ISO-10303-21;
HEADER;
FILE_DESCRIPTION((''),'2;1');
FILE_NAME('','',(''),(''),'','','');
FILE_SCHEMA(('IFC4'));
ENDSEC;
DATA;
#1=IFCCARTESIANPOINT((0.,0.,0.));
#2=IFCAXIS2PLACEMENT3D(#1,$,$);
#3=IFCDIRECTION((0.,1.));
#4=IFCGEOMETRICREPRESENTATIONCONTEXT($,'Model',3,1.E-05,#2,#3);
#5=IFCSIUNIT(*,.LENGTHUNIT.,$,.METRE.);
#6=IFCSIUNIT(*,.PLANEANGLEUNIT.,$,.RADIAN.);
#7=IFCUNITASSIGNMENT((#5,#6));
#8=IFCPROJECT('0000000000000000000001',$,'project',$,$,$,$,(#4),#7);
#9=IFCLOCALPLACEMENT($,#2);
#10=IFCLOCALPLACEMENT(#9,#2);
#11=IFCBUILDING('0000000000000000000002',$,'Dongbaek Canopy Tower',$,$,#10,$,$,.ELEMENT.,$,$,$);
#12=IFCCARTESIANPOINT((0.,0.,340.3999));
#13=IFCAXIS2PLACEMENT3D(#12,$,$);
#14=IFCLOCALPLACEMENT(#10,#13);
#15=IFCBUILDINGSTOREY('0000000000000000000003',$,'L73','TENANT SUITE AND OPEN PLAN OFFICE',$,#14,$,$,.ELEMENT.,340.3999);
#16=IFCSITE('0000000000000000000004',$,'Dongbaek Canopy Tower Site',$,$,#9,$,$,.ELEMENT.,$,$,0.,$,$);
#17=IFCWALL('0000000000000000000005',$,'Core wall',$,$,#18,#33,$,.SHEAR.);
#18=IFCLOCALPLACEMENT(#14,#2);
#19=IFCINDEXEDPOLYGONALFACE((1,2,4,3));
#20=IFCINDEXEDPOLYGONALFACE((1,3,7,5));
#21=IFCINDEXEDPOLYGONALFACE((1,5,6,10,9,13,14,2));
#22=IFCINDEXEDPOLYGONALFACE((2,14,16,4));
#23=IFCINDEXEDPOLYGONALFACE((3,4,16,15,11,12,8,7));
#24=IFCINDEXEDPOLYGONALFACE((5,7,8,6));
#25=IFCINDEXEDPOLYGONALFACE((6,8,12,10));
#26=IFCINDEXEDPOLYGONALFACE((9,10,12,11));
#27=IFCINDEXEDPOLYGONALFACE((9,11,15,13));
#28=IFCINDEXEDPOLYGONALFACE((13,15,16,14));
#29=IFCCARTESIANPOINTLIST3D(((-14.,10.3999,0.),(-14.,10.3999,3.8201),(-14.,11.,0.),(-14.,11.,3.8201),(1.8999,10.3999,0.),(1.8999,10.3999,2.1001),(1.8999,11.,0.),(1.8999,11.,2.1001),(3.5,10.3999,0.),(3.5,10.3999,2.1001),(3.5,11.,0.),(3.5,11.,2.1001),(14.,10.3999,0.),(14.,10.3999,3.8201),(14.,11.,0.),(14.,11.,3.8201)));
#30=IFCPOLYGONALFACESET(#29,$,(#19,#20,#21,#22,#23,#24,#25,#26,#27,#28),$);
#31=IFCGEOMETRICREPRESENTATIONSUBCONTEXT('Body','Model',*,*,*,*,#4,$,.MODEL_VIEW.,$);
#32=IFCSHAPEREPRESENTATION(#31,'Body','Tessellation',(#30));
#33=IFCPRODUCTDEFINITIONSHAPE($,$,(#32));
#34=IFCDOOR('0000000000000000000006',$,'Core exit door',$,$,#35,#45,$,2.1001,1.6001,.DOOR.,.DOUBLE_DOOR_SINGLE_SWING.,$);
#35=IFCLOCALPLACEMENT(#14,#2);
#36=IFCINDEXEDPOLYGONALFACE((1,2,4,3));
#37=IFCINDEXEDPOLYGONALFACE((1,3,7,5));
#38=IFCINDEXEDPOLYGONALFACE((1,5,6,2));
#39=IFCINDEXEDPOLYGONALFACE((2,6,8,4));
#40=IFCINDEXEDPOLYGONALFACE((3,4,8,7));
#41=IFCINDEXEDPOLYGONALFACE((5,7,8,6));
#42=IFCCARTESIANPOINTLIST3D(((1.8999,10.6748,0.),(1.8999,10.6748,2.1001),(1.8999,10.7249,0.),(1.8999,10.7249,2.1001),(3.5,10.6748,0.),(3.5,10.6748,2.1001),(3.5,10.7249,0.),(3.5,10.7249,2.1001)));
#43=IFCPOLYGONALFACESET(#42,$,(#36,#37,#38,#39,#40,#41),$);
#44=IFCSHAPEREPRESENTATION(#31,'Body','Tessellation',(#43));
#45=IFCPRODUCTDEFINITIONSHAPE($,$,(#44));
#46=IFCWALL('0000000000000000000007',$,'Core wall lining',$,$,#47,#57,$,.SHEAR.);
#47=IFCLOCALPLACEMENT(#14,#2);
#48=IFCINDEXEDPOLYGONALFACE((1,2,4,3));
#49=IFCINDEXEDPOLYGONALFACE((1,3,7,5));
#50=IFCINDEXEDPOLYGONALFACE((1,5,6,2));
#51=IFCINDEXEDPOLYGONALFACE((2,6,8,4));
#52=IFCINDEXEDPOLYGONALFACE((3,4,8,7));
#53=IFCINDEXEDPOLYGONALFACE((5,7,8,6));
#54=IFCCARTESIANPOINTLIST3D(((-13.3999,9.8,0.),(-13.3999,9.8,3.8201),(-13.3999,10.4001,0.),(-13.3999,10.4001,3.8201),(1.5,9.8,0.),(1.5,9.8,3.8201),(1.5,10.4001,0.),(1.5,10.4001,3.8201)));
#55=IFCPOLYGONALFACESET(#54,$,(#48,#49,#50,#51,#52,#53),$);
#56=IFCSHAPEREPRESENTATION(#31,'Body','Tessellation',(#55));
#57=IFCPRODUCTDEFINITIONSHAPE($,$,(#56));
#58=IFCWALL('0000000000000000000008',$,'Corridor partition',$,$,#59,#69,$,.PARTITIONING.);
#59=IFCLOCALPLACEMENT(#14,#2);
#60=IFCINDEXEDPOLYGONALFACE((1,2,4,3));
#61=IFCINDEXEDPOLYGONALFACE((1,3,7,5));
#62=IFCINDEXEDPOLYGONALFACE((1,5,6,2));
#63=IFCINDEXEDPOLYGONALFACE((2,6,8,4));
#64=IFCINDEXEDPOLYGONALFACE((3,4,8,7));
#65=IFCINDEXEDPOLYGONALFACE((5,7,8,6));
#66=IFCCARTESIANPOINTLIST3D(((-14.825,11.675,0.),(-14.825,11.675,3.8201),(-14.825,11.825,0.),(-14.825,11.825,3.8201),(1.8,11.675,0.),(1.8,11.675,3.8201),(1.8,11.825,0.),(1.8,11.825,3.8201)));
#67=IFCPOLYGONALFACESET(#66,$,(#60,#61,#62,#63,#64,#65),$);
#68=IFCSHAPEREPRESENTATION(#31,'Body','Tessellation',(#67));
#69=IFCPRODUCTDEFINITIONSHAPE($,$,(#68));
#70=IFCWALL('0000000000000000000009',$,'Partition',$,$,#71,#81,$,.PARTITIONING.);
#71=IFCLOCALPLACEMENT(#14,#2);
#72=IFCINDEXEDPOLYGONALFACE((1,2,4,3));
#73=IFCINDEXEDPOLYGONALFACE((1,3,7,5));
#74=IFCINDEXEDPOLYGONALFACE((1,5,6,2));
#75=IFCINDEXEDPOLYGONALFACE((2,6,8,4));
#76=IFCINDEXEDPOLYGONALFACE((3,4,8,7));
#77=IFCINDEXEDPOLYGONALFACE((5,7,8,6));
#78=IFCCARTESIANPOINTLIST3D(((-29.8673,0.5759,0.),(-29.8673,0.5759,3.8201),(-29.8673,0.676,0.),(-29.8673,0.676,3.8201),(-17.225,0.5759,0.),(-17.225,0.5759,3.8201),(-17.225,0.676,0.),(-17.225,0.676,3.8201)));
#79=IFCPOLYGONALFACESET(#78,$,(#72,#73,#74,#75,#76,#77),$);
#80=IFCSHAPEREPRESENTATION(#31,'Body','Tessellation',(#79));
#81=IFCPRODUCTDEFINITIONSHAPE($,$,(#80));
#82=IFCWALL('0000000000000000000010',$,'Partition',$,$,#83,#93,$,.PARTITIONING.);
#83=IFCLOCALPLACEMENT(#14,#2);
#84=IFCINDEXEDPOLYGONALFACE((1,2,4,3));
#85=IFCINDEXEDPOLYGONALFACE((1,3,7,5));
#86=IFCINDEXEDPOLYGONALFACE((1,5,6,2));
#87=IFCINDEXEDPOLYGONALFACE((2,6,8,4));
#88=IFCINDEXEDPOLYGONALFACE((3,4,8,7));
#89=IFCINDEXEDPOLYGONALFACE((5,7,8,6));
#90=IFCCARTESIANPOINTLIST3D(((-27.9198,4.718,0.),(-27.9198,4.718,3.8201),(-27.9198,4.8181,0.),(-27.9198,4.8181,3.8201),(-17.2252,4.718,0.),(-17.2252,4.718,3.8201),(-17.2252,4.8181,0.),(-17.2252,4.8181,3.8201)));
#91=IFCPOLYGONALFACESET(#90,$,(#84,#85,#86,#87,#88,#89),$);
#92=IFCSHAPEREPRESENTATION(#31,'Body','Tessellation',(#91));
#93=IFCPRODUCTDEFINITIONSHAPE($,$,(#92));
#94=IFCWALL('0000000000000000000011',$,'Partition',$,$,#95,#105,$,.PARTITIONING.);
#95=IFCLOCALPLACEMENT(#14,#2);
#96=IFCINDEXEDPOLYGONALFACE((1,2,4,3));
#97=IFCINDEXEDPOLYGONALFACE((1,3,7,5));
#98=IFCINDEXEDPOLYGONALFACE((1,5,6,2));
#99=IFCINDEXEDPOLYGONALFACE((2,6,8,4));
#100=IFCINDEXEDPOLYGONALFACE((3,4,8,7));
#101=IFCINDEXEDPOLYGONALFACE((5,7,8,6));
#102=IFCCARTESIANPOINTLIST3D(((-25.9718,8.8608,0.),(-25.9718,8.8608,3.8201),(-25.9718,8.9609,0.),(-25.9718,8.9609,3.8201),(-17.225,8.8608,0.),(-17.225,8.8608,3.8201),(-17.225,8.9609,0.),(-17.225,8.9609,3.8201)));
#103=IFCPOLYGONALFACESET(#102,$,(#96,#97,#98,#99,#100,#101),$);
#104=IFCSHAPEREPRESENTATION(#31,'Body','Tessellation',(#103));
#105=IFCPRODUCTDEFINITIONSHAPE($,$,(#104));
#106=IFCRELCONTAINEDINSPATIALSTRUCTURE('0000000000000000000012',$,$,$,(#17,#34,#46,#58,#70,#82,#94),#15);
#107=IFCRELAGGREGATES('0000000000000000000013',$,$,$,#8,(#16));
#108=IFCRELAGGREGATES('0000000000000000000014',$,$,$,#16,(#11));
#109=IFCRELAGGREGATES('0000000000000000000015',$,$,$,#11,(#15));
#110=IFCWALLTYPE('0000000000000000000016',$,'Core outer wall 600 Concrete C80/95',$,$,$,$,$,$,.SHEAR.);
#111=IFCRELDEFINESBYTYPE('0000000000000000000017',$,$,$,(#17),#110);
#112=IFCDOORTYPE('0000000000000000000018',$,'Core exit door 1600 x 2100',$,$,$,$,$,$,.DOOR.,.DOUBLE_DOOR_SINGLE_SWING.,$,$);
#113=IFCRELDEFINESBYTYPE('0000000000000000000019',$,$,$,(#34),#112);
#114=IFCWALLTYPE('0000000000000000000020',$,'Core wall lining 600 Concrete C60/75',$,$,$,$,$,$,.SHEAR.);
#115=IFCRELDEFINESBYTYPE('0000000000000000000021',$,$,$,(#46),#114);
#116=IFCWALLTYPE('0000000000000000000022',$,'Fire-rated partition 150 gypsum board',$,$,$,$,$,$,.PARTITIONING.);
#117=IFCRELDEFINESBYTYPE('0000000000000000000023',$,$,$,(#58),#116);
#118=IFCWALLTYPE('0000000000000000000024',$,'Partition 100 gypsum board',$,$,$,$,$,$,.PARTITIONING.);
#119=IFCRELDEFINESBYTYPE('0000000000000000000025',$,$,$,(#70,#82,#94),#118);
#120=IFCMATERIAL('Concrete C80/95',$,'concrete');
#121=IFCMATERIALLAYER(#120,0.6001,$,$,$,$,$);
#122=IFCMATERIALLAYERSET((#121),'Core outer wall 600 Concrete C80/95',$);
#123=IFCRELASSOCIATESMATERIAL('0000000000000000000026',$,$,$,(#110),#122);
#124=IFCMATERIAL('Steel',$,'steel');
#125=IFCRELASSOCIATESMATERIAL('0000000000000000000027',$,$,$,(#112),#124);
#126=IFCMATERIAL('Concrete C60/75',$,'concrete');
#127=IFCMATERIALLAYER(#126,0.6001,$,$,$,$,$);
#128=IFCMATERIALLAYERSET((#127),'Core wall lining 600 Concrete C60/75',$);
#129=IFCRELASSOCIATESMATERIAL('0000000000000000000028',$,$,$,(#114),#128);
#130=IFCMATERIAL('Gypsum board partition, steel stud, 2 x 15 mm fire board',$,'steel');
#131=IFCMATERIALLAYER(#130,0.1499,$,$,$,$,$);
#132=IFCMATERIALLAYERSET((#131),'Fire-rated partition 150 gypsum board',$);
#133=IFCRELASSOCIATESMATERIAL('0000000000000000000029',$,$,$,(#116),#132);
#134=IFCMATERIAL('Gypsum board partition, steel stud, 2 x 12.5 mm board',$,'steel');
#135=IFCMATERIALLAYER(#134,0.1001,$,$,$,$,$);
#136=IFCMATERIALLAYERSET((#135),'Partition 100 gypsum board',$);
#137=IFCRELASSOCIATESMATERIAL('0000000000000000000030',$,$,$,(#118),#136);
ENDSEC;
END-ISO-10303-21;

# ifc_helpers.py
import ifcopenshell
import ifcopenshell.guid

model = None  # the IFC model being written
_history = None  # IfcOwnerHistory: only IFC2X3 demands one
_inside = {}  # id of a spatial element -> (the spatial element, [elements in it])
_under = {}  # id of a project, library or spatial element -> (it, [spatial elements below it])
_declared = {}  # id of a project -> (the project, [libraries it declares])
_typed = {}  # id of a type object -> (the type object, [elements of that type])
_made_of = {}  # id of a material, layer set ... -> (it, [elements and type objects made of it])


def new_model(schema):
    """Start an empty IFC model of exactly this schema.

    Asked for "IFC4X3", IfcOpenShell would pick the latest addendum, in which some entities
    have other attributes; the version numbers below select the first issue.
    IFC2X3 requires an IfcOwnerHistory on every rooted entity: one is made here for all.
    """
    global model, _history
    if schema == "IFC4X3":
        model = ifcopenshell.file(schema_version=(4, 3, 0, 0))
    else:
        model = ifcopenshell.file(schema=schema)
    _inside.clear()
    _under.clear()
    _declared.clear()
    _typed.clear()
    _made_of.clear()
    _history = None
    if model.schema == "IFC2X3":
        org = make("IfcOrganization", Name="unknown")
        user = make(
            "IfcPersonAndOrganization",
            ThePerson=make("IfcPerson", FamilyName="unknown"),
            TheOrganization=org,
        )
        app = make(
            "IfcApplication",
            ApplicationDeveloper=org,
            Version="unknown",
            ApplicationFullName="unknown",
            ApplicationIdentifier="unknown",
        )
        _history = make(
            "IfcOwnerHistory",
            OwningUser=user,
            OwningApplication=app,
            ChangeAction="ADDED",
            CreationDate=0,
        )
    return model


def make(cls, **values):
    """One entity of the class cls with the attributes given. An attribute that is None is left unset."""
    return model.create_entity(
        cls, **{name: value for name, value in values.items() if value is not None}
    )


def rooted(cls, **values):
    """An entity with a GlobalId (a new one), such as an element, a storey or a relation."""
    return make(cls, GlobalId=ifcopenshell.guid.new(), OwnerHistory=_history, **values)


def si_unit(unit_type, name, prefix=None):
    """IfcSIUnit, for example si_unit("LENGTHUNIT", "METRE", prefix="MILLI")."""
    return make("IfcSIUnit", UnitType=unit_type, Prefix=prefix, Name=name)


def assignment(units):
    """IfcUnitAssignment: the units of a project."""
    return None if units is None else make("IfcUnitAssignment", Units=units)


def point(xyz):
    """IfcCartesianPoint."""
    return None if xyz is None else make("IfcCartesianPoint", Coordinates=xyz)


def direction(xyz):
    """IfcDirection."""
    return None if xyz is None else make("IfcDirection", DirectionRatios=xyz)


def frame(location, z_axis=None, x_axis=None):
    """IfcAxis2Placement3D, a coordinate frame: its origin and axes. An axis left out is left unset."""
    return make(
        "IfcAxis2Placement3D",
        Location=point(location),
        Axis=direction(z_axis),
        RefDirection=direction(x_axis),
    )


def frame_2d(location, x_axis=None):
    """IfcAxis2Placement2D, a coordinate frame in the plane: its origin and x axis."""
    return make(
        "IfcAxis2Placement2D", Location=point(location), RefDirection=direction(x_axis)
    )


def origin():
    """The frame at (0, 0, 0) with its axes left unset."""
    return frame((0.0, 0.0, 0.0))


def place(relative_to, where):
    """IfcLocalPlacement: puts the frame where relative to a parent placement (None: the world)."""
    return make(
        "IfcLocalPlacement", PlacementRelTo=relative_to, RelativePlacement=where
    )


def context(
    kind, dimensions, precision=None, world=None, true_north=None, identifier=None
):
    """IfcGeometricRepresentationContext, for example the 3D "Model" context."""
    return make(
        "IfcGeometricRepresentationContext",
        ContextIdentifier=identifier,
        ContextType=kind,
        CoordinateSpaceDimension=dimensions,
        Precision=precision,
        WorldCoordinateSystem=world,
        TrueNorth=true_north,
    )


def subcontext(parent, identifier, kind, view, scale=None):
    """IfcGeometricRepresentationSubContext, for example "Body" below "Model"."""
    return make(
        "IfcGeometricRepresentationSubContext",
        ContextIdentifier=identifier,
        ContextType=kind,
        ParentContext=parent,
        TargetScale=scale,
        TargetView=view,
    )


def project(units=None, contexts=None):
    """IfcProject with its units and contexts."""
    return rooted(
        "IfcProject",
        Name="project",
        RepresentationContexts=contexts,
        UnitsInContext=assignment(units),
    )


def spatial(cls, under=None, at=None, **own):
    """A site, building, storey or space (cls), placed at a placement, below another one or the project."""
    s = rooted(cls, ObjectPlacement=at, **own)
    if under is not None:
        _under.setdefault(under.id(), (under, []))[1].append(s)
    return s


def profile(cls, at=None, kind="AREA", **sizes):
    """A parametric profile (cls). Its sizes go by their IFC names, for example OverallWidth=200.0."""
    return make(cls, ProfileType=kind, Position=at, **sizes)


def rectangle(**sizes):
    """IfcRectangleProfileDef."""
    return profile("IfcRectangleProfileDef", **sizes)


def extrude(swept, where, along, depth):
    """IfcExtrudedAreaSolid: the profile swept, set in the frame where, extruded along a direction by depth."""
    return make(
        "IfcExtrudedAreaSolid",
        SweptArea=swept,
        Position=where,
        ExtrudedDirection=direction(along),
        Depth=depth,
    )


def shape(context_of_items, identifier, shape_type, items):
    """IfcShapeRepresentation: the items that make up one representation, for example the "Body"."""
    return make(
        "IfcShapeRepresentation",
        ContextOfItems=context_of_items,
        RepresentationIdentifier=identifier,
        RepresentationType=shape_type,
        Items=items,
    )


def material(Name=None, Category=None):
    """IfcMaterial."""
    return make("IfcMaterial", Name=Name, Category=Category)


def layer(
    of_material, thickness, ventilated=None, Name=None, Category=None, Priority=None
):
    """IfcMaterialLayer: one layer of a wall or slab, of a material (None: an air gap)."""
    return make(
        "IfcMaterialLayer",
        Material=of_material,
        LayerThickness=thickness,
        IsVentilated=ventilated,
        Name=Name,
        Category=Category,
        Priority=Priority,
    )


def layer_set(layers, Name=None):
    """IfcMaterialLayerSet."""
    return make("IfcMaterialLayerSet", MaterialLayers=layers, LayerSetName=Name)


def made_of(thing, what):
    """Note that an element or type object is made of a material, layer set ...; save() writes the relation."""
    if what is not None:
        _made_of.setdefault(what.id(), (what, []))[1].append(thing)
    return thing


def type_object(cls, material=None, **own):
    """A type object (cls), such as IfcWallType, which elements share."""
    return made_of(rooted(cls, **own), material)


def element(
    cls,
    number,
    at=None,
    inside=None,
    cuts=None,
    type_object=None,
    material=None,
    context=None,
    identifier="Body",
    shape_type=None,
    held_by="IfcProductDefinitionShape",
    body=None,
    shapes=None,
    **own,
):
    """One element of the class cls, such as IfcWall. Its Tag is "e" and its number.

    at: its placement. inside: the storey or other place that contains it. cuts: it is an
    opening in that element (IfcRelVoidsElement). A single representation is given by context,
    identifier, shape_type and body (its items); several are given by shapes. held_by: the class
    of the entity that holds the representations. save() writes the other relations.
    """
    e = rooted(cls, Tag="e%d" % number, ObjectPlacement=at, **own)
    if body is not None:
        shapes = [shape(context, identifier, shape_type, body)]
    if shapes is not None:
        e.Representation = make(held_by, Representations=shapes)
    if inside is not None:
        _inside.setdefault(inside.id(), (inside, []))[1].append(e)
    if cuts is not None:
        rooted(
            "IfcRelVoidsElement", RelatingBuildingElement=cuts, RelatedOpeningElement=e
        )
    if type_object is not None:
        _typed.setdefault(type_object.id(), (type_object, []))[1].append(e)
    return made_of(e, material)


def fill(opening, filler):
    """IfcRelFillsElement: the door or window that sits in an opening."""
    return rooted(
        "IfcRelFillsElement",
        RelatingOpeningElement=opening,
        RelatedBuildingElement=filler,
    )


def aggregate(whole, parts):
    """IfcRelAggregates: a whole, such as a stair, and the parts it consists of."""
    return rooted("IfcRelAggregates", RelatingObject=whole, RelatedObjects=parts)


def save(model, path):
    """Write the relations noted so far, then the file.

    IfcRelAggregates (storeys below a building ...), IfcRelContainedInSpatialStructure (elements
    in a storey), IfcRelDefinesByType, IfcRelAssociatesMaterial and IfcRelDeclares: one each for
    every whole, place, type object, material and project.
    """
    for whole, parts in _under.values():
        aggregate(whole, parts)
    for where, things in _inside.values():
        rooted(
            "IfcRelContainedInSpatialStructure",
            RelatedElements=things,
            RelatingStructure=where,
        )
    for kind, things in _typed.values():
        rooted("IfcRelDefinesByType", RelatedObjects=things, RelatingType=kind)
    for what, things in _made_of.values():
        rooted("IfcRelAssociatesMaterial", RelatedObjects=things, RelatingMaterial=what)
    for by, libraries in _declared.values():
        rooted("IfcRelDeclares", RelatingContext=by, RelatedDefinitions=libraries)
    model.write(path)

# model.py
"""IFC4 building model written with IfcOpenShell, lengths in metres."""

from ifc_helpers import new_model, si_unit, direction, frame, frame_2d, origin, place, context, subcontext, project, spatial, rectangle, extrude, material, layer, layer_set, type_object, element, fill, save


model = new_model("IFC4")

# Units and contexts
model_context = context("Model", 3, precision=1e-05, world=origin(), true_north=direction((0.0, 1.0)))
body_context = subcontext(model_context, "Body", "Model", "MODEL_VIEW")
ifc_project = project(units=[si_unit("LENGTHUNIT", "METRE"), si_unit("PLANEANGLEUNIT", "RADIAN")], contexts=[model_context])

# Site, building, storey
site_placement = place(None, origin())
site = spatial("IfcSite", under=ifc_project, at=site_placement, Name="Dongbaek Canopy Tower Site", CompositionType="ELEMENT", RefElevation=0.0)
building_placement = place(site_placement, origin())
building = spatial("IfcBuilding", under=site, at=building_placement, Name="Dongbaek Canopy Tower", CompositionType="ELEMENT")
storey_placement = place(building_placement, frame((0.0, 0.0, 340.3999)))
storey = spatial("IfcBuildingStorey", under=building, at=storey_placement, Name="L73", Description="TENANT SUITE AND OPEN PLAN OFFICE", CompositionType="ELEMENT", Elevation=340.3999)

# Wall, opening, door
ifc_material_1 = material(Name="Concrete C80/95", Category="concrete")
ifc_layer_1 = layer(ifc_material_1, 0.6001)
ifc_layer_set_1 = layer_set([ifc_layer_1], Name="Core outer wall 600 Concrete C80/95")
wall_type_1 = type_object("IfcWallType", Name="Core outer wall 600 Concrete C80/95", PredefinedType="SHEAR", material=ifc_layer_set_1)
wall_1_placement = place(storey_placement, frame((-14.0, 10.7, 0.0), z_axis=(0.0, 0.0, 1.0), x_axis=(1.0, 0.0, 0.0)))
wall_1 = element("IfcWall", 1, at=wall_1_placement, inside=storey, type_object=wall_type_1, Name="Core wall", PredefinedType="SHEAR", context=body_context, shape_type="SweptSolid", body=[
    extrude(rectangle(XDim=28.0, YDim=0.6001, at=frame_2d((14.0, 0.0))), origin(), (0.0, 0.0, 1.0), 3.8201),
])
opening_1_placement = place(wall_1_placement, frame((15.8999, 0.0, 0.0)))
opening_1 = element("IfcOpeningElement", 2, at=opening_1_placement, cuts=wall_1, PredefinedType="OPENING", context=body_context, shape_type="SweptSolid", body=[
    extrude(rectangle(XDim=1.6001, YDim=2.1001, at=frame_2d((0.8, 1.05))), frame((0.0, 0.3101, 0.0), z_axis=(0.0, -1.0, 0.0), x_axis=(1.0, 0.0, 0.0)), (0.0, 0.0, 1.0), 0.6201),
])
ifc_material_2 = material(Name="Steel", Category="steel")
door_type_1 = type_object("IfcDoorType", Name="Core exit door 1600 x 2100", OperationType="DOUBLE_DOOR_SINGLE_SWING", PredefinedType="DOOR", material=ifc_material_2)
door_1_placement = place(opening_1_placement, origin())
door_1 = element("IfcDoor", 3, at=door_1_placement, inside=storey, type_object=door_type_1, Name="Core exit door", OperationType="DOUBLE_DOOR_SINGLE_SWING", OverallHeight=2.1001, OverallWidth=1.6001, PredefinedType="DOOR", context=body_context, shape_type="SweptSolid", body=[
    extrude(rectangle(XDim=1.6001, YDim=2.1001, at=frame_2d((0.8, 1.05))), frame((0.0, 0.0249, 0.0), z_axis=(0.0, -1.0, 0.0), x_axis=(1.0, 0.0, 0.0)), (0.0, 0.0, 1.0), 0.05),
])
fill(opening_1, door_1)

# Walls
ifc_material_3 = material(Name="Concrete C60/75", Category="concrete")
ifc_layer_2 = layer(ifc_material_3, 0.6001)
ifc_layer_set_2 = layer_set([ifc_layer_2], Name="Core wall lining 600 Concrete C60/75")
wall_type_2 = type_object("IfcWallType", Name="Core wall lining 600 Concrete C60/75", PredefinedType="SHEAR", material=ifc_layer_set_2)
wall_2_placement = place(storey_placement, frame((-13.3999, 10.1001, 0.0), z_axis=(0.0, 0.0, 1.0), x_axis=(1.0, 0.0, 0.0)))
element("IfcWall", 4, at=wall_2_placement, inside=storey, type_object=wall_type_2, Name="Core wall lining", PredefinedType="SHEAR", context=body_context, shape_type="SweptSolid", body=[
    extrude(rectangle(XDim=14.8999, YDim=0.6001, at=frame_2d((7.45, 0.0))), origin(), (0.0, 0.0, 1.0), 3.8201),
])
ifc_material_4 = material(Name="Gypsum board partition, steel stud, 2 x 15 mm fire board", Category="steel")
ifc_layer_3 = layer(ifc_material_4, 0.1499)
ifc_layer_set_3 = layer_set([ifc_layer_3], Name="Fire-rated partition 150 gypsum board")
wall_type_3 = type_object("IfcWallType", Name="Fire-rated partition 150 gypsum board", PredefinedType="PARTITIONING", material=ifc_layer_set_3)
wall_3_placement = place(storey_placement, frame((-14.825, 11.75, 0.0), z_axis=(0.0, 0.0, 1.0), x_axis=(1.0, 0.0, 0.0)))
element("IfcWall", 5, at=wall_3_placement, inside=storey, type_object=wall_type_3, Name="Corridor partition", PredefinedType="PARTITIONING", context=body_context, shape_type="SweptSolid", body=[
    extrude(rectangle(XDim=16.625, YDim=0.1499, at=frame_2d((8.3125, 0.0))), origin(), (0.0, 0.0, 1.0), 3.8201),
])
ifc_material_5 = material(Name="Gypsum board partition, steel stud, 2 x 12.5 mm board", Category="steel")
ifc_layer_4 = layer(ifc_material_5, 0.1001)
ifc_layer_set_4 = layer_set([ifc_layer_4], Name="Partition 100 gypsum board")
wall_type_4 = type_object("IfcWallType", Name="Partition 100 gypsum board", PredefinedType="PARTITIONING", material=ifc_layer_set_4)
wall_4_placement = place(storey_placement, frame((-29.8674, 0.626, 0.0), z_axis=(0.0, 0.0, 1.0), x_axis=(1.0, 0.0, 0.0)))
element("IfcWall", 6, at=wall_4_placement, inside=storey, type_object=wall_type_4, Name="Partition", PredefinedType="PARTITIONING", context=body_context, shape_type="SweptSolid", body=[
    extrude(rectangle(XDim=12.6423, YDim=0.1001, at=frame_2d((6.3213, 0.0))), origin(), (0.0, 0.0, 1.0), 3.8201),
])
wall_5_placement = place(storey_placement, frame((-27.9197, 4.7681, 0.0), z_axis=(0.0, 0.0, 1.0), x_axis=(1.0, 0.0, 0.0)))
element("IfcWall", 7, at=wall_5_placement, inside=storey, type_object=wall_type_4, Name="Partition", PredefinedType="PARTITIONING", context=body_context, shape_type="SweptSolid", body=[
    extrude(rectangle(XDim=10.6946, YDim=0.1001, at=frame_2d((5.3472, 0.0))), origin(), (0.0, 0.0, 1.0), 3.8201),
])
wall_6_placement = place(storey_placement, frame((-25.9719, 8.9109, 0.0), z_axis=(0.0, 0.0, 1.0), x_axis=(1.0, 0.0, 0.0)))
element("IfcWall", 8, at=wall_6_placement, inside=storey, type_object=wall_type_4, Name="Partition", PredefinedType="PARTITIONING", context=body_context, shape_type="SweptSolid", body=[
    extrude(rectangle(XDim=8.7468, YDim=0.1001, at=frame_2d((4.3735, 0.0))), origin(), (0.0, 0.0, 1.0), 3.8201),
])

save(model, "model.ifc")
